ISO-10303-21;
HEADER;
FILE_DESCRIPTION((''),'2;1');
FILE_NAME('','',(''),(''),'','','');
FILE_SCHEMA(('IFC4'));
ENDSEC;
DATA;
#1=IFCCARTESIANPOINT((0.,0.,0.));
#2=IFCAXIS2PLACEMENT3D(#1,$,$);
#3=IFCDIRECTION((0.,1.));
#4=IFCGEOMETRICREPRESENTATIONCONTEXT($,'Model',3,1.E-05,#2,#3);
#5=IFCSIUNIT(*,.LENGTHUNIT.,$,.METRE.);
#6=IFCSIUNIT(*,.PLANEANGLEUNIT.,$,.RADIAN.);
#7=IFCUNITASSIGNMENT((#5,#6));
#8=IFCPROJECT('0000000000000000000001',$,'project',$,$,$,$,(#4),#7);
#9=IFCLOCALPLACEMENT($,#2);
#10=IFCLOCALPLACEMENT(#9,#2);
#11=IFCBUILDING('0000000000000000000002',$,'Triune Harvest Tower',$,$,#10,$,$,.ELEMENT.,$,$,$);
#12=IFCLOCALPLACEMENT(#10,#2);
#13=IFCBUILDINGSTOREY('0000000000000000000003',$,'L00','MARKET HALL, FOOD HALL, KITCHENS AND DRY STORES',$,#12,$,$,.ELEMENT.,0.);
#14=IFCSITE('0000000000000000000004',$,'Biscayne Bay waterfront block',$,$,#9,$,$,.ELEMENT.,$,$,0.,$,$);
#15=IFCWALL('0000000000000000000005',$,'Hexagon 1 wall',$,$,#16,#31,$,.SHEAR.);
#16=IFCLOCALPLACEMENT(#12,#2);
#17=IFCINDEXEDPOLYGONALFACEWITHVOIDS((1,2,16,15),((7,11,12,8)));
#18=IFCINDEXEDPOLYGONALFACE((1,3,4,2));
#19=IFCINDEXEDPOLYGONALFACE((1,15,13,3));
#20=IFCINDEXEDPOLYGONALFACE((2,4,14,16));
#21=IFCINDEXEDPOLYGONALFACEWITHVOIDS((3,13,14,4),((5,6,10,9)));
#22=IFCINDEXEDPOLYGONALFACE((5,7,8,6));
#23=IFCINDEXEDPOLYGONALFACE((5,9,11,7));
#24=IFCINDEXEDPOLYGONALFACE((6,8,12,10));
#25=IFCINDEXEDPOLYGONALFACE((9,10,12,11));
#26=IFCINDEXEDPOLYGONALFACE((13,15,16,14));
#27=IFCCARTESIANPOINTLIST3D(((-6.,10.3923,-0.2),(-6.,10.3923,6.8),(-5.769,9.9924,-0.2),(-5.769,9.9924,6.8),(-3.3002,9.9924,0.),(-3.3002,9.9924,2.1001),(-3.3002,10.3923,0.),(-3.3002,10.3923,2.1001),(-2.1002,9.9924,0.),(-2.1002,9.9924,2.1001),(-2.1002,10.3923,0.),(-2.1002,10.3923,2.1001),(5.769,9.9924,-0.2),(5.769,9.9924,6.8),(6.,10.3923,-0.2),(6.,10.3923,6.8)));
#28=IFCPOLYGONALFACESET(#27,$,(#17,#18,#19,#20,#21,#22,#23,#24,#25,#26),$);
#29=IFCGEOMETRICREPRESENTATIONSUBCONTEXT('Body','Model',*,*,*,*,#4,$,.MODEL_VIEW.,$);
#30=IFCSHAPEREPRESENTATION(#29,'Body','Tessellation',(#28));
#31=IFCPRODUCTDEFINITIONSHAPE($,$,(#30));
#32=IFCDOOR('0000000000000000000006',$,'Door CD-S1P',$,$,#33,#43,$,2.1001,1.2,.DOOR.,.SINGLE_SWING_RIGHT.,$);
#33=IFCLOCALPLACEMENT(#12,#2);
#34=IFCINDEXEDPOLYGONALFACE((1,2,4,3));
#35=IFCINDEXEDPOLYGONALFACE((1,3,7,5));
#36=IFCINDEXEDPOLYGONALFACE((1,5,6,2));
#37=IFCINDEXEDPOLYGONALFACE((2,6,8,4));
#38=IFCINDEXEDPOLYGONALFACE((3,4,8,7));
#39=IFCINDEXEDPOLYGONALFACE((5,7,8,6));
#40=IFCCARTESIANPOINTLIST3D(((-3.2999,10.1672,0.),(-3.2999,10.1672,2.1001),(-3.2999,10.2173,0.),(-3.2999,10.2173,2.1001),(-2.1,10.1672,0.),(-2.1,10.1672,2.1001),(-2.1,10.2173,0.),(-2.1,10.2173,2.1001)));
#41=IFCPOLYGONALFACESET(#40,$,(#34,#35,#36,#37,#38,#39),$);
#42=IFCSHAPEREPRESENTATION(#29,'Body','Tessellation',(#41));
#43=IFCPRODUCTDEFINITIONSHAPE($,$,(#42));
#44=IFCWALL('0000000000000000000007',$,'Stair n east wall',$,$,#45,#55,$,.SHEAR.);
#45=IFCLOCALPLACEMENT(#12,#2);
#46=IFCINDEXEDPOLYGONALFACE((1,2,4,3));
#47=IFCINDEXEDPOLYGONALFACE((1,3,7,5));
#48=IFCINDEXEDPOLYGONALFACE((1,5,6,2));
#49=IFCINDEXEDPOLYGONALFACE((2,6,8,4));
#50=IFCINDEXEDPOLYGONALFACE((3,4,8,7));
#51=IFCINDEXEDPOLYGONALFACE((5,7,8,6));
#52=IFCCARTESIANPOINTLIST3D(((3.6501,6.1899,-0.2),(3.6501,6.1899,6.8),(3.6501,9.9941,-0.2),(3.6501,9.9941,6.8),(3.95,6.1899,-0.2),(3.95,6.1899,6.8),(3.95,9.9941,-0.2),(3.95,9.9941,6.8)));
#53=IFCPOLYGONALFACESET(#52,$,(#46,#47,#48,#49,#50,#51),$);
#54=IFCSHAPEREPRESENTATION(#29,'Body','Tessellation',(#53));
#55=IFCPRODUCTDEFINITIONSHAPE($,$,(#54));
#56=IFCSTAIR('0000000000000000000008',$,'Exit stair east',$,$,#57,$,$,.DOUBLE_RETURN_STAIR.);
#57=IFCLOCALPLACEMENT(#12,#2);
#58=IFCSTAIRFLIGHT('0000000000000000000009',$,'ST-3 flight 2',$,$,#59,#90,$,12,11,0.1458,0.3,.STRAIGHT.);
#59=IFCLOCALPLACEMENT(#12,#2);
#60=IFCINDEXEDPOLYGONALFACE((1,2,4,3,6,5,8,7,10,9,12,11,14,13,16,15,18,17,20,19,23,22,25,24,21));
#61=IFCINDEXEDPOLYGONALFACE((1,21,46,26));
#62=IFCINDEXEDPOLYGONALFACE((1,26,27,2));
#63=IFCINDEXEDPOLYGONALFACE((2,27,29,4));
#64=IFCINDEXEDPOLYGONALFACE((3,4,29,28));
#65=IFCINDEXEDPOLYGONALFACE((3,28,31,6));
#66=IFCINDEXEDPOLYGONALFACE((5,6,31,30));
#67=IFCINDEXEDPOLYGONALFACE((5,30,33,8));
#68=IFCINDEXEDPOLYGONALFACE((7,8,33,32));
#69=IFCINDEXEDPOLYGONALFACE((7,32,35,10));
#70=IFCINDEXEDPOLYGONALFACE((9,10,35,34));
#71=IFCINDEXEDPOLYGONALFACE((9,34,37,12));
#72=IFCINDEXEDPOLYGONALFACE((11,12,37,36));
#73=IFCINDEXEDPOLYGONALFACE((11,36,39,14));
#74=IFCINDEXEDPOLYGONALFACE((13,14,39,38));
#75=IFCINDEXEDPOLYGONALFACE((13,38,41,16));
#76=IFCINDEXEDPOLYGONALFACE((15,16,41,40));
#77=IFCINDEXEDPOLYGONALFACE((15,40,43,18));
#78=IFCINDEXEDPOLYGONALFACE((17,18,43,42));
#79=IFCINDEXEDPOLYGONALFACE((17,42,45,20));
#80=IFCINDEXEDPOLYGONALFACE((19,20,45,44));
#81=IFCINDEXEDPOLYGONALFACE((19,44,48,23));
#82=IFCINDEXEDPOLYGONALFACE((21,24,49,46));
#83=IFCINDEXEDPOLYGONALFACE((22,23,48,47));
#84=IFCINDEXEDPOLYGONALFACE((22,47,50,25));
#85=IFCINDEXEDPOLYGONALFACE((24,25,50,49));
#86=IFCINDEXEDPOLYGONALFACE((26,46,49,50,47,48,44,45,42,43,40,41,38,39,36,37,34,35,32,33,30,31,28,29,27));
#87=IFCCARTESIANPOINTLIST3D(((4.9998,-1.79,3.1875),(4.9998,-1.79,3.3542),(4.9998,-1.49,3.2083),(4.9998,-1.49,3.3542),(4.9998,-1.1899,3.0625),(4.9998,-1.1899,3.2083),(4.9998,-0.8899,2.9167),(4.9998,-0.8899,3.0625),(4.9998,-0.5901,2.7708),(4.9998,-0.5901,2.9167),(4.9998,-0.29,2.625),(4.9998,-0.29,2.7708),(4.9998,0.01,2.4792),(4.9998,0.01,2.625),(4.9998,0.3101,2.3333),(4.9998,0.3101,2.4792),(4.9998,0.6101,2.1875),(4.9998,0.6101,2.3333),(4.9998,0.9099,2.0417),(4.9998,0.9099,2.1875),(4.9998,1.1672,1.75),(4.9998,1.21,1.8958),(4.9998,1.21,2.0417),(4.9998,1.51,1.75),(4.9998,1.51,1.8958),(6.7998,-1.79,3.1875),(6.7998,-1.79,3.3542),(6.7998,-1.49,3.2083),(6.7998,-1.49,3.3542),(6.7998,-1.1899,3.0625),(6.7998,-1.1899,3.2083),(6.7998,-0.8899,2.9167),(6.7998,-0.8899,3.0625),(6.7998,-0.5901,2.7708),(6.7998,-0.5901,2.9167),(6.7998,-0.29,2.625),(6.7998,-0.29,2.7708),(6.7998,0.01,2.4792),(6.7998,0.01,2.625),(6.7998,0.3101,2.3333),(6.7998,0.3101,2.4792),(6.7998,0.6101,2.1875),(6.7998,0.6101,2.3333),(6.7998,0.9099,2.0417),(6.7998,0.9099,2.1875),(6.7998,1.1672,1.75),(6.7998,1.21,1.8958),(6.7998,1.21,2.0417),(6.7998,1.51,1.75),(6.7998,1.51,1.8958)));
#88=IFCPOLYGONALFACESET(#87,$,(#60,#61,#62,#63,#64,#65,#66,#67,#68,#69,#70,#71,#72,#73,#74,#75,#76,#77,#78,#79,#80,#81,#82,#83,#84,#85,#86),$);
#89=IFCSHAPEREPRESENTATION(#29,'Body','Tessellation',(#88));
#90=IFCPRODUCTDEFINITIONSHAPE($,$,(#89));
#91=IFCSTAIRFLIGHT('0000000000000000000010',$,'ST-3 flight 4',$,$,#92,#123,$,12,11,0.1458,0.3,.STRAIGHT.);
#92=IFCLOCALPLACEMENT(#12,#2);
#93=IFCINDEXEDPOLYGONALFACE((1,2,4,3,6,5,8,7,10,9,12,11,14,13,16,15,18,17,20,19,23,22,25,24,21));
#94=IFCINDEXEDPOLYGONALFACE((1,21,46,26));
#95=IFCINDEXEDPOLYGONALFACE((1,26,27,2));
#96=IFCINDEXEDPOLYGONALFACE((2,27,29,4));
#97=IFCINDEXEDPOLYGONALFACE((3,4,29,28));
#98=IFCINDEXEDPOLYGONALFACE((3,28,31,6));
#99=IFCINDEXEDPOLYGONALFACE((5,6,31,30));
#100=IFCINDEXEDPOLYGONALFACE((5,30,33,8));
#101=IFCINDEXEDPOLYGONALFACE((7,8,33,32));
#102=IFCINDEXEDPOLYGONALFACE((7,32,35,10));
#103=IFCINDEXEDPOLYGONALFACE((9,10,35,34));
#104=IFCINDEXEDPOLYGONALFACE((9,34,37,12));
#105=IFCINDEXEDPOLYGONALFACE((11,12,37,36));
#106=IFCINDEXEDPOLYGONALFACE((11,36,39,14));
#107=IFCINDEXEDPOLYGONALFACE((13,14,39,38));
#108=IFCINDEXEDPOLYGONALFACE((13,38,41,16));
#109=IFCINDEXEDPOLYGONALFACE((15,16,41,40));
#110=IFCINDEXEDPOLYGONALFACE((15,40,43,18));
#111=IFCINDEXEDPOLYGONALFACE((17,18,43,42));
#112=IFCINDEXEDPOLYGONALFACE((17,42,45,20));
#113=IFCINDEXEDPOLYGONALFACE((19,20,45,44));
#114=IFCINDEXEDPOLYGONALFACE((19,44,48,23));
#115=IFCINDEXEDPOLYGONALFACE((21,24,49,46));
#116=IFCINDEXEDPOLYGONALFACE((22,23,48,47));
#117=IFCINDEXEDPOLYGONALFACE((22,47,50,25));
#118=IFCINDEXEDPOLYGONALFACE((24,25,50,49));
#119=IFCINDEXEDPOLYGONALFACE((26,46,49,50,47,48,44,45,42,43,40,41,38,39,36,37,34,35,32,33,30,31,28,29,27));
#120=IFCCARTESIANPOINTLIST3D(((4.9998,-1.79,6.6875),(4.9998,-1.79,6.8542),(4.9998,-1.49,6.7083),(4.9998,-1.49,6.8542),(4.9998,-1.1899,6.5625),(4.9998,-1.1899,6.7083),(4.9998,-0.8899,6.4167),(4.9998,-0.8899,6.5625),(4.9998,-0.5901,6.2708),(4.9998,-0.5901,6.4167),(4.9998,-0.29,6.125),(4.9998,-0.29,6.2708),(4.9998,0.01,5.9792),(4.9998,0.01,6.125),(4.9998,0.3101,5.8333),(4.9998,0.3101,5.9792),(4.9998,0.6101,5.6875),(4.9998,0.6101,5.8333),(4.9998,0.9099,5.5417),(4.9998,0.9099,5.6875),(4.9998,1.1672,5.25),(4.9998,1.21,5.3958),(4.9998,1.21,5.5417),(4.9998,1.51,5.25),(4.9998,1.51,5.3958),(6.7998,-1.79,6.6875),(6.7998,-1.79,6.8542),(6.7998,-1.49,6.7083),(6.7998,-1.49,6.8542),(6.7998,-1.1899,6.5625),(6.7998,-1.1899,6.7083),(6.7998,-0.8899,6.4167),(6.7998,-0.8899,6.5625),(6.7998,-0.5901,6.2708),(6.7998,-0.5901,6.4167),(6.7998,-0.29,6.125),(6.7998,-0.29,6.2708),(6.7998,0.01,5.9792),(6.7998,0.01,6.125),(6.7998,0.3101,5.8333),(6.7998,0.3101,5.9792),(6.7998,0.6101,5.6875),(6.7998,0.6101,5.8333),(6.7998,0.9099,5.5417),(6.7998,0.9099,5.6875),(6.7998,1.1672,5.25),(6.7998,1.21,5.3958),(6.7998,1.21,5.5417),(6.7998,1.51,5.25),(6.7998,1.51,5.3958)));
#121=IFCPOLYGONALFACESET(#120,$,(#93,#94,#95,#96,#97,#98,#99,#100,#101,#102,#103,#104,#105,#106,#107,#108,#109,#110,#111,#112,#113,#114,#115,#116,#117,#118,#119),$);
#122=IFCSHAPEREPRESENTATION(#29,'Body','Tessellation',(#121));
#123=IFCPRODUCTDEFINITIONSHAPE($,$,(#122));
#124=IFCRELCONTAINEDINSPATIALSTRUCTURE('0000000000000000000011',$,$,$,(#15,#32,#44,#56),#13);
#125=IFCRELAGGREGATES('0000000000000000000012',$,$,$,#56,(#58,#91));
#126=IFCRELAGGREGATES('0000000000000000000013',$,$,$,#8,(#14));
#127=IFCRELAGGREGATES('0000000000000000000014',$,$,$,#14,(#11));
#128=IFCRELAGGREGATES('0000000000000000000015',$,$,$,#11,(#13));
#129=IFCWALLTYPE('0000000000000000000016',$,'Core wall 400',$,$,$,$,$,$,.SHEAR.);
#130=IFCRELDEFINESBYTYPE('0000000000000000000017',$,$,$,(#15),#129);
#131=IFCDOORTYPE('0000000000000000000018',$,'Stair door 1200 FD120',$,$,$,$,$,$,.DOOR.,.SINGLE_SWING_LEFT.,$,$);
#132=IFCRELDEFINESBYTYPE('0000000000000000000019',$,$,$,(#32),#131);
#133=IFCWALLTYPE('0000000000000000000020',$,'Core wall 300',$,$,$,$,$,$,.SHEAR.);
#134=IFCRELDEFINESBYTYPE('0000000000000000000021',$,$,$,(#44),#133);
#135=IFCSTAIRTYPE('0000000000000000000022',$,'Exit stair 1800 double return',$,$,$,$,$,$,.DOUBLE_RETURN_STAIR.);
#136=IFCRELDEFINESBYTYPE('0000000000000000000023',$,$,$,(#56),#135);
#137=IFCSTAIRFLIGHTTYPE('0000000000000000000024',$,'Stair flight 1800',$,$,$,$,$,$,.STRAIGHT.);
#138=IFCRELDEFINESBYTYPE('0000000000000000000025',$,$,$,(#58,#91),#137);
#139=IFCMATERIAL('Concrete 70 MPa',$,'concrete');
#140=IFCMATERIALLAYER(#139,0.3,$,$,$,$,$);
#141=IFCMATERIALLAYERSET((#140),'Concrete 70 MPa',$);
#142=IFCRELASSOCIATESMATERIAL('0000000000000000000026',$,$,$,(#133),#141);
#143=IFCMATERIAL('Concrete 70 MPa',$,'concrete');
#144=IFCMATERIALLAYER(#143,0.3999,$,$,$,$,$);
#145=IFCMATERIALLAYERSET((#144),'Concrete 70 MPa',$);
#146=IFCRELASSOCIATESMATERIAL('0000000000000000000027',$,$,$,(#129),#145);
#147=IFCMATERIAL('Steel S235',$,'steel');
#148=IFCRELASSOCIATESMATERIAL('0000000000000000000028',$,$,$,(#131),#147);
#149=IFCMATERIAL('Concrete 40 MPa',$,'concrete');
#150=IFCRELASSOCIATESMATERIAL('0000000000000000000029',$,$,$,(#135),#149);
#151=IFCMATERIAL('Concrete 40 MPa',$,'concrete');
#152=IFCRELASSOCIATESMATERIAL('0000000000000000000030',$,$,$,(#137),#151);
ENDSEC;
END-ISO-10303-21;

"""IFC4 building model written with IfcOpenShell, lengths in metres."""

from ifc_helpers import new_model, si_unit, direction, frame, frame_2d, origin, place, context, subcontext, project, spatial, polyline, rectangle, outline, extrude, source, transform, mapped, material, layer, layer_set, type_object, element, fill, aggregate, save


model = new_model("IFC4")

# Units and contexts
model_context = context("Model", 3, precision=1e-05, world=origin(), true_north=direction((0.0, 1.0)))
body_context = subcontext(model_context, "Body", "Model", "MODEL_VIEW")
ifc_project = project(units=[si_unit("LENGTHUNIT", "METRE"), si_unit("PLANEANGLEUNIT", "RADIAN")], contexts=[model_context])

# Site, building, storey
site_placement = place(None, origin())
site = spatial("IfcSite", under=ifc_project, at=site_placement, Name="Biscayne Bay waterfront block", CompositionType="ELEMENT", RefElevation=0.0)
building_placement = place(site_placement, origin())
building = spatial("IfcBuilding", under=site, at=building_placement, Name="Triune Harvest Tower", CompositionType="ELEMENT")
storey_placement = place(building_placement, origin())
storey = spatial("IfcBuildingStorey", under=building, at=storey_placement, Name="L00", Description="MARKET HALL, FOOD HALL, KITCHENS AND DRY STORES", CompositionType="ELEMENT", Elevation=0.0)

# Shared definitions
ifc_material_1 = material(Name="Concrete 70 MPa", Category="concrete")
ifc_layer_1 = layer(ifc_material_1, 0.3)
ifc_layer_set_1 = layer_set([ifc_layer_1], Name="Concrete 70 MPa")
wall_type_1 = type_object("IfcWallType", Name="Core wall 300", PredefinedType="SHEAR", material=ifc_layer_set_1)

# Wall, opening, door
ifc_material_2 = material(Name="Concrete 70 MPa", Category="concrete")
ifc_layer_2 = layer(ifc_material_2, 0.3999)
ifc_layer_set_2 = layer_set([ifc_layer_2], Name="Concrete 70 MPa")
wall_type_2 = type_object("IfcWallType", Name="Core wall 400", PredefinedType="SHEAR", material=ifc_layer_set_2)
shared_shape_1 = source(origin(), body_context, "Body", "SweptSolid", [
    extrude(outline(polyline([(-0.1155, -0.2), (11.8845, -0.2), (11.6536, 0.2), (0.1155, 0.2), (-0.1155, -0.2)])), origin(), (0.0, 0.0, 1.0), 7.0),
])
wall_1_placement = place(storey_placement, frame((5.8845, 10.1924, -0.2), z_axis=(0.0, 0.0, 1.0), x_axis=(-1.0, 0.0, 0.0)))
wall_1 = element("IfcWall", 1, at=wall_1_placement, inside=storey, type_object=wall_type_2, Name="Hexagon 1 wall", PredefinedType="SHEAR", context=body_context, shape_type="MappedRepresentation", body=[
    mapped(shared_shape_1, transform((0.0, 0.0, 0.0), scale=1.0)),
])
opening_1_placement = place(wall_1_placement, frame((7.9846, 0.0, 0.2)))
opening_1 = element("IfcOpeningElement", 2, at=opening_1_placement, cuts=wall_1, PredefinedType="OPENING", context=body_context, shape_type="SweptSolid", body=[
    extrude(rectangle(XDim=1.2, YDim=2.1001, at=frame_2d((0.6001, 1.05))), frame((0.0, 0.21, 0.0), z_axis=(0.0, -1.0, 0.0), x_axis=(1.0, 0.0, 0.0)), (0.0, 0.0, 1.0), 0.4199),
])
ifc_material_3 = material(Name="Steel S235", Category="steel")
door_type_1 = type_object("IfcDoorType", Name="Stair door 1200 FD120", OperationType="SINGLE_SWING_LEFT", PredefinedType="DOOR", material=ifc_material_3)
door_1_placement = place(opening_1_placement, frame((1.2, 0.0, 0.0), z_axis=(0.0, 0.0, 1.0), x_axis=(-1.0, 0.0, 0.0)))
door_1 = element("IfcDoor", 3, at=door_1_placement, inside=storey, type_object=door_type_1, Name="Door CD-S1P", OperationType="SINGLE_SWING_RIGHT", OverallHeight=2.1001, OverallWidth=1.2, PredefinedType="DOOR", context=body_context, shape_type="SweptSolid", body=[
    extrude(rectangle(XDim=1.2, YDim=2.1001, at=frame_2d((0.6001, 1.05))), frame((0.0, 0.0249, 0.0), z_axis=(0.0, -1.0, 0.0), x_axis=(1.0, 0.0, 0.0)), (0.0, 0.0, 1.0), 0.05),
])
fill(opening_1, door_1)

# Wall
shared_shape_2 = source(origin(), body_context, "Body", "SweptSolid", [
    extrude(outline(polyline([(0.0, -0.1499), (0.0, 0.1499), (3.8042, 0.1499), (3.8042, -0.1499), (0.0, -0.1499)])), origin(), (0.0, 0.0, 1.0), 7.0),
])
wall_2_placement = place(storey_placement, frame((3.8, 6.1899, -0.2), z_axis=(0.0, 0.0, 1.0), x_axis=(0.0, 1.0, 0.0)))
element("IfcWall", 4, at=wall_2_placement, inside=storey, type_object=wall_type_1, Name="Stair n east wall", PredefinedType="SHEAR", context=body_context, shape_type="MappedRepresentation", body=[
    mapped(shared_shape_2, transform((0.0, 0.0, 0.0), scale=1.0)),
])

# Stair, stair flights
ifc_material_4 = material(Name="Concrete 40 MPa", Category="concrete")
stair_type = type_object("IfcStairType", Name="Exit stair 1800 double return", PredefinedType="DOUBLE_RETURN_STAIR", material=ifc_material_4)
stair_placement = place(storey_placement, origin())
stair = element("IfcStair", 5, at=stair_placement, inside=storey, type_object=stair_type, Name="Exit stair east", PredefinedType="DOUBLE_RETURN_STAIR")
ifc_material_5 = material(Name="Concrete 40 MPa", Category="concrete")
stair_flight_type = type_object("IfcStairFlightType", Name="Stair flight 1800", PredefinedType="STRAIGHT", material=ifc_material_5)
shared_shape_3 = source(origin(), body_context, "Body", "SweptSolid", [
    extrude(outline(polyline([(0.0, 0.0), (0.0, 0.1458), (0.3, 0.1458), (0.3, 0.2917), (0.6001, 0.2917), (0.6001, 0.4375), (0.8999, 0.4375), (0.8999, 0.5833), (1.2, 0.5833), (1.2, 0.7292), (1.5, 0.7292), (1.5, 0.875), (1.8, 0.875), (1.8, 1.0208), (2.1001, 1.0208), (2.1001, 1.1667), (2.3999, 1.1667), (2.3999, 1.3125), (2.7, 1.3125), (2.7, 1.4583), (3.0, 1.4583), (3.0, 1.6042), (3.3, 1.6042), (3.3, 1.75), (3.3, 1.4375), (0.3428, 0.0), (0.0, 0.0)])), frame((0.0, 0.8999, 0.0), z_axis=(0.0, -1.0, 0.0), x_axis=(1.0, 0.0, 0.0)), (0.0, 0.0, 1.0), 1.8),
])
stair_flight_1_placement = place(storey_placement, frame((5.8999, 1.51, 1.75), z_axis=(0.0, 0.0, 1.0), x_axis=(0.0, -1.0, 0.0)))
stair_flight_1 = element("IfcStairFlight", 6, at=stair_flight_1_placement, type_object=stair_flight_type, Name="ST-3 flight 2", NumberOfRisers=12, NumberOfTreads=11, PredefinedType="STRAIGHT", RiserHeight=0.1458, TreadLength=0.3, context=body_context, shape_type="MappedRepresentation", body=[
    mapped(shared_shape_3, transform((0.0, 0.0, 0.0), scale=1.0)),
])
stair_flight_2_placement = place(storey_placement, frame((5.8999, 1.51, 5.25), z_axis=(0.0, 0.0, 1.0), x_axis=(0.0, -1.0, 0.0)))
stair_flight_2 = element("IfcStairFlight", 7, at=stair_flight_2_placement, type_object=stair_flight_type, Name="ST-3 flight 4", NumberOfRisers=12, NumberOfTreads=11, PredefinedType="STRAIGHT", RiserHeight=0.1458, TreadLength=0.3, context=body_context, shape_type="MappedRepresentation", body=[
    mapped(shared_shape_3, transform((0.0, 0.0, 0.0), scale=1.0)),
])
aggregate(stair, [stair_flight_1, stair_flight_2])

save(model, "model.ifc")
